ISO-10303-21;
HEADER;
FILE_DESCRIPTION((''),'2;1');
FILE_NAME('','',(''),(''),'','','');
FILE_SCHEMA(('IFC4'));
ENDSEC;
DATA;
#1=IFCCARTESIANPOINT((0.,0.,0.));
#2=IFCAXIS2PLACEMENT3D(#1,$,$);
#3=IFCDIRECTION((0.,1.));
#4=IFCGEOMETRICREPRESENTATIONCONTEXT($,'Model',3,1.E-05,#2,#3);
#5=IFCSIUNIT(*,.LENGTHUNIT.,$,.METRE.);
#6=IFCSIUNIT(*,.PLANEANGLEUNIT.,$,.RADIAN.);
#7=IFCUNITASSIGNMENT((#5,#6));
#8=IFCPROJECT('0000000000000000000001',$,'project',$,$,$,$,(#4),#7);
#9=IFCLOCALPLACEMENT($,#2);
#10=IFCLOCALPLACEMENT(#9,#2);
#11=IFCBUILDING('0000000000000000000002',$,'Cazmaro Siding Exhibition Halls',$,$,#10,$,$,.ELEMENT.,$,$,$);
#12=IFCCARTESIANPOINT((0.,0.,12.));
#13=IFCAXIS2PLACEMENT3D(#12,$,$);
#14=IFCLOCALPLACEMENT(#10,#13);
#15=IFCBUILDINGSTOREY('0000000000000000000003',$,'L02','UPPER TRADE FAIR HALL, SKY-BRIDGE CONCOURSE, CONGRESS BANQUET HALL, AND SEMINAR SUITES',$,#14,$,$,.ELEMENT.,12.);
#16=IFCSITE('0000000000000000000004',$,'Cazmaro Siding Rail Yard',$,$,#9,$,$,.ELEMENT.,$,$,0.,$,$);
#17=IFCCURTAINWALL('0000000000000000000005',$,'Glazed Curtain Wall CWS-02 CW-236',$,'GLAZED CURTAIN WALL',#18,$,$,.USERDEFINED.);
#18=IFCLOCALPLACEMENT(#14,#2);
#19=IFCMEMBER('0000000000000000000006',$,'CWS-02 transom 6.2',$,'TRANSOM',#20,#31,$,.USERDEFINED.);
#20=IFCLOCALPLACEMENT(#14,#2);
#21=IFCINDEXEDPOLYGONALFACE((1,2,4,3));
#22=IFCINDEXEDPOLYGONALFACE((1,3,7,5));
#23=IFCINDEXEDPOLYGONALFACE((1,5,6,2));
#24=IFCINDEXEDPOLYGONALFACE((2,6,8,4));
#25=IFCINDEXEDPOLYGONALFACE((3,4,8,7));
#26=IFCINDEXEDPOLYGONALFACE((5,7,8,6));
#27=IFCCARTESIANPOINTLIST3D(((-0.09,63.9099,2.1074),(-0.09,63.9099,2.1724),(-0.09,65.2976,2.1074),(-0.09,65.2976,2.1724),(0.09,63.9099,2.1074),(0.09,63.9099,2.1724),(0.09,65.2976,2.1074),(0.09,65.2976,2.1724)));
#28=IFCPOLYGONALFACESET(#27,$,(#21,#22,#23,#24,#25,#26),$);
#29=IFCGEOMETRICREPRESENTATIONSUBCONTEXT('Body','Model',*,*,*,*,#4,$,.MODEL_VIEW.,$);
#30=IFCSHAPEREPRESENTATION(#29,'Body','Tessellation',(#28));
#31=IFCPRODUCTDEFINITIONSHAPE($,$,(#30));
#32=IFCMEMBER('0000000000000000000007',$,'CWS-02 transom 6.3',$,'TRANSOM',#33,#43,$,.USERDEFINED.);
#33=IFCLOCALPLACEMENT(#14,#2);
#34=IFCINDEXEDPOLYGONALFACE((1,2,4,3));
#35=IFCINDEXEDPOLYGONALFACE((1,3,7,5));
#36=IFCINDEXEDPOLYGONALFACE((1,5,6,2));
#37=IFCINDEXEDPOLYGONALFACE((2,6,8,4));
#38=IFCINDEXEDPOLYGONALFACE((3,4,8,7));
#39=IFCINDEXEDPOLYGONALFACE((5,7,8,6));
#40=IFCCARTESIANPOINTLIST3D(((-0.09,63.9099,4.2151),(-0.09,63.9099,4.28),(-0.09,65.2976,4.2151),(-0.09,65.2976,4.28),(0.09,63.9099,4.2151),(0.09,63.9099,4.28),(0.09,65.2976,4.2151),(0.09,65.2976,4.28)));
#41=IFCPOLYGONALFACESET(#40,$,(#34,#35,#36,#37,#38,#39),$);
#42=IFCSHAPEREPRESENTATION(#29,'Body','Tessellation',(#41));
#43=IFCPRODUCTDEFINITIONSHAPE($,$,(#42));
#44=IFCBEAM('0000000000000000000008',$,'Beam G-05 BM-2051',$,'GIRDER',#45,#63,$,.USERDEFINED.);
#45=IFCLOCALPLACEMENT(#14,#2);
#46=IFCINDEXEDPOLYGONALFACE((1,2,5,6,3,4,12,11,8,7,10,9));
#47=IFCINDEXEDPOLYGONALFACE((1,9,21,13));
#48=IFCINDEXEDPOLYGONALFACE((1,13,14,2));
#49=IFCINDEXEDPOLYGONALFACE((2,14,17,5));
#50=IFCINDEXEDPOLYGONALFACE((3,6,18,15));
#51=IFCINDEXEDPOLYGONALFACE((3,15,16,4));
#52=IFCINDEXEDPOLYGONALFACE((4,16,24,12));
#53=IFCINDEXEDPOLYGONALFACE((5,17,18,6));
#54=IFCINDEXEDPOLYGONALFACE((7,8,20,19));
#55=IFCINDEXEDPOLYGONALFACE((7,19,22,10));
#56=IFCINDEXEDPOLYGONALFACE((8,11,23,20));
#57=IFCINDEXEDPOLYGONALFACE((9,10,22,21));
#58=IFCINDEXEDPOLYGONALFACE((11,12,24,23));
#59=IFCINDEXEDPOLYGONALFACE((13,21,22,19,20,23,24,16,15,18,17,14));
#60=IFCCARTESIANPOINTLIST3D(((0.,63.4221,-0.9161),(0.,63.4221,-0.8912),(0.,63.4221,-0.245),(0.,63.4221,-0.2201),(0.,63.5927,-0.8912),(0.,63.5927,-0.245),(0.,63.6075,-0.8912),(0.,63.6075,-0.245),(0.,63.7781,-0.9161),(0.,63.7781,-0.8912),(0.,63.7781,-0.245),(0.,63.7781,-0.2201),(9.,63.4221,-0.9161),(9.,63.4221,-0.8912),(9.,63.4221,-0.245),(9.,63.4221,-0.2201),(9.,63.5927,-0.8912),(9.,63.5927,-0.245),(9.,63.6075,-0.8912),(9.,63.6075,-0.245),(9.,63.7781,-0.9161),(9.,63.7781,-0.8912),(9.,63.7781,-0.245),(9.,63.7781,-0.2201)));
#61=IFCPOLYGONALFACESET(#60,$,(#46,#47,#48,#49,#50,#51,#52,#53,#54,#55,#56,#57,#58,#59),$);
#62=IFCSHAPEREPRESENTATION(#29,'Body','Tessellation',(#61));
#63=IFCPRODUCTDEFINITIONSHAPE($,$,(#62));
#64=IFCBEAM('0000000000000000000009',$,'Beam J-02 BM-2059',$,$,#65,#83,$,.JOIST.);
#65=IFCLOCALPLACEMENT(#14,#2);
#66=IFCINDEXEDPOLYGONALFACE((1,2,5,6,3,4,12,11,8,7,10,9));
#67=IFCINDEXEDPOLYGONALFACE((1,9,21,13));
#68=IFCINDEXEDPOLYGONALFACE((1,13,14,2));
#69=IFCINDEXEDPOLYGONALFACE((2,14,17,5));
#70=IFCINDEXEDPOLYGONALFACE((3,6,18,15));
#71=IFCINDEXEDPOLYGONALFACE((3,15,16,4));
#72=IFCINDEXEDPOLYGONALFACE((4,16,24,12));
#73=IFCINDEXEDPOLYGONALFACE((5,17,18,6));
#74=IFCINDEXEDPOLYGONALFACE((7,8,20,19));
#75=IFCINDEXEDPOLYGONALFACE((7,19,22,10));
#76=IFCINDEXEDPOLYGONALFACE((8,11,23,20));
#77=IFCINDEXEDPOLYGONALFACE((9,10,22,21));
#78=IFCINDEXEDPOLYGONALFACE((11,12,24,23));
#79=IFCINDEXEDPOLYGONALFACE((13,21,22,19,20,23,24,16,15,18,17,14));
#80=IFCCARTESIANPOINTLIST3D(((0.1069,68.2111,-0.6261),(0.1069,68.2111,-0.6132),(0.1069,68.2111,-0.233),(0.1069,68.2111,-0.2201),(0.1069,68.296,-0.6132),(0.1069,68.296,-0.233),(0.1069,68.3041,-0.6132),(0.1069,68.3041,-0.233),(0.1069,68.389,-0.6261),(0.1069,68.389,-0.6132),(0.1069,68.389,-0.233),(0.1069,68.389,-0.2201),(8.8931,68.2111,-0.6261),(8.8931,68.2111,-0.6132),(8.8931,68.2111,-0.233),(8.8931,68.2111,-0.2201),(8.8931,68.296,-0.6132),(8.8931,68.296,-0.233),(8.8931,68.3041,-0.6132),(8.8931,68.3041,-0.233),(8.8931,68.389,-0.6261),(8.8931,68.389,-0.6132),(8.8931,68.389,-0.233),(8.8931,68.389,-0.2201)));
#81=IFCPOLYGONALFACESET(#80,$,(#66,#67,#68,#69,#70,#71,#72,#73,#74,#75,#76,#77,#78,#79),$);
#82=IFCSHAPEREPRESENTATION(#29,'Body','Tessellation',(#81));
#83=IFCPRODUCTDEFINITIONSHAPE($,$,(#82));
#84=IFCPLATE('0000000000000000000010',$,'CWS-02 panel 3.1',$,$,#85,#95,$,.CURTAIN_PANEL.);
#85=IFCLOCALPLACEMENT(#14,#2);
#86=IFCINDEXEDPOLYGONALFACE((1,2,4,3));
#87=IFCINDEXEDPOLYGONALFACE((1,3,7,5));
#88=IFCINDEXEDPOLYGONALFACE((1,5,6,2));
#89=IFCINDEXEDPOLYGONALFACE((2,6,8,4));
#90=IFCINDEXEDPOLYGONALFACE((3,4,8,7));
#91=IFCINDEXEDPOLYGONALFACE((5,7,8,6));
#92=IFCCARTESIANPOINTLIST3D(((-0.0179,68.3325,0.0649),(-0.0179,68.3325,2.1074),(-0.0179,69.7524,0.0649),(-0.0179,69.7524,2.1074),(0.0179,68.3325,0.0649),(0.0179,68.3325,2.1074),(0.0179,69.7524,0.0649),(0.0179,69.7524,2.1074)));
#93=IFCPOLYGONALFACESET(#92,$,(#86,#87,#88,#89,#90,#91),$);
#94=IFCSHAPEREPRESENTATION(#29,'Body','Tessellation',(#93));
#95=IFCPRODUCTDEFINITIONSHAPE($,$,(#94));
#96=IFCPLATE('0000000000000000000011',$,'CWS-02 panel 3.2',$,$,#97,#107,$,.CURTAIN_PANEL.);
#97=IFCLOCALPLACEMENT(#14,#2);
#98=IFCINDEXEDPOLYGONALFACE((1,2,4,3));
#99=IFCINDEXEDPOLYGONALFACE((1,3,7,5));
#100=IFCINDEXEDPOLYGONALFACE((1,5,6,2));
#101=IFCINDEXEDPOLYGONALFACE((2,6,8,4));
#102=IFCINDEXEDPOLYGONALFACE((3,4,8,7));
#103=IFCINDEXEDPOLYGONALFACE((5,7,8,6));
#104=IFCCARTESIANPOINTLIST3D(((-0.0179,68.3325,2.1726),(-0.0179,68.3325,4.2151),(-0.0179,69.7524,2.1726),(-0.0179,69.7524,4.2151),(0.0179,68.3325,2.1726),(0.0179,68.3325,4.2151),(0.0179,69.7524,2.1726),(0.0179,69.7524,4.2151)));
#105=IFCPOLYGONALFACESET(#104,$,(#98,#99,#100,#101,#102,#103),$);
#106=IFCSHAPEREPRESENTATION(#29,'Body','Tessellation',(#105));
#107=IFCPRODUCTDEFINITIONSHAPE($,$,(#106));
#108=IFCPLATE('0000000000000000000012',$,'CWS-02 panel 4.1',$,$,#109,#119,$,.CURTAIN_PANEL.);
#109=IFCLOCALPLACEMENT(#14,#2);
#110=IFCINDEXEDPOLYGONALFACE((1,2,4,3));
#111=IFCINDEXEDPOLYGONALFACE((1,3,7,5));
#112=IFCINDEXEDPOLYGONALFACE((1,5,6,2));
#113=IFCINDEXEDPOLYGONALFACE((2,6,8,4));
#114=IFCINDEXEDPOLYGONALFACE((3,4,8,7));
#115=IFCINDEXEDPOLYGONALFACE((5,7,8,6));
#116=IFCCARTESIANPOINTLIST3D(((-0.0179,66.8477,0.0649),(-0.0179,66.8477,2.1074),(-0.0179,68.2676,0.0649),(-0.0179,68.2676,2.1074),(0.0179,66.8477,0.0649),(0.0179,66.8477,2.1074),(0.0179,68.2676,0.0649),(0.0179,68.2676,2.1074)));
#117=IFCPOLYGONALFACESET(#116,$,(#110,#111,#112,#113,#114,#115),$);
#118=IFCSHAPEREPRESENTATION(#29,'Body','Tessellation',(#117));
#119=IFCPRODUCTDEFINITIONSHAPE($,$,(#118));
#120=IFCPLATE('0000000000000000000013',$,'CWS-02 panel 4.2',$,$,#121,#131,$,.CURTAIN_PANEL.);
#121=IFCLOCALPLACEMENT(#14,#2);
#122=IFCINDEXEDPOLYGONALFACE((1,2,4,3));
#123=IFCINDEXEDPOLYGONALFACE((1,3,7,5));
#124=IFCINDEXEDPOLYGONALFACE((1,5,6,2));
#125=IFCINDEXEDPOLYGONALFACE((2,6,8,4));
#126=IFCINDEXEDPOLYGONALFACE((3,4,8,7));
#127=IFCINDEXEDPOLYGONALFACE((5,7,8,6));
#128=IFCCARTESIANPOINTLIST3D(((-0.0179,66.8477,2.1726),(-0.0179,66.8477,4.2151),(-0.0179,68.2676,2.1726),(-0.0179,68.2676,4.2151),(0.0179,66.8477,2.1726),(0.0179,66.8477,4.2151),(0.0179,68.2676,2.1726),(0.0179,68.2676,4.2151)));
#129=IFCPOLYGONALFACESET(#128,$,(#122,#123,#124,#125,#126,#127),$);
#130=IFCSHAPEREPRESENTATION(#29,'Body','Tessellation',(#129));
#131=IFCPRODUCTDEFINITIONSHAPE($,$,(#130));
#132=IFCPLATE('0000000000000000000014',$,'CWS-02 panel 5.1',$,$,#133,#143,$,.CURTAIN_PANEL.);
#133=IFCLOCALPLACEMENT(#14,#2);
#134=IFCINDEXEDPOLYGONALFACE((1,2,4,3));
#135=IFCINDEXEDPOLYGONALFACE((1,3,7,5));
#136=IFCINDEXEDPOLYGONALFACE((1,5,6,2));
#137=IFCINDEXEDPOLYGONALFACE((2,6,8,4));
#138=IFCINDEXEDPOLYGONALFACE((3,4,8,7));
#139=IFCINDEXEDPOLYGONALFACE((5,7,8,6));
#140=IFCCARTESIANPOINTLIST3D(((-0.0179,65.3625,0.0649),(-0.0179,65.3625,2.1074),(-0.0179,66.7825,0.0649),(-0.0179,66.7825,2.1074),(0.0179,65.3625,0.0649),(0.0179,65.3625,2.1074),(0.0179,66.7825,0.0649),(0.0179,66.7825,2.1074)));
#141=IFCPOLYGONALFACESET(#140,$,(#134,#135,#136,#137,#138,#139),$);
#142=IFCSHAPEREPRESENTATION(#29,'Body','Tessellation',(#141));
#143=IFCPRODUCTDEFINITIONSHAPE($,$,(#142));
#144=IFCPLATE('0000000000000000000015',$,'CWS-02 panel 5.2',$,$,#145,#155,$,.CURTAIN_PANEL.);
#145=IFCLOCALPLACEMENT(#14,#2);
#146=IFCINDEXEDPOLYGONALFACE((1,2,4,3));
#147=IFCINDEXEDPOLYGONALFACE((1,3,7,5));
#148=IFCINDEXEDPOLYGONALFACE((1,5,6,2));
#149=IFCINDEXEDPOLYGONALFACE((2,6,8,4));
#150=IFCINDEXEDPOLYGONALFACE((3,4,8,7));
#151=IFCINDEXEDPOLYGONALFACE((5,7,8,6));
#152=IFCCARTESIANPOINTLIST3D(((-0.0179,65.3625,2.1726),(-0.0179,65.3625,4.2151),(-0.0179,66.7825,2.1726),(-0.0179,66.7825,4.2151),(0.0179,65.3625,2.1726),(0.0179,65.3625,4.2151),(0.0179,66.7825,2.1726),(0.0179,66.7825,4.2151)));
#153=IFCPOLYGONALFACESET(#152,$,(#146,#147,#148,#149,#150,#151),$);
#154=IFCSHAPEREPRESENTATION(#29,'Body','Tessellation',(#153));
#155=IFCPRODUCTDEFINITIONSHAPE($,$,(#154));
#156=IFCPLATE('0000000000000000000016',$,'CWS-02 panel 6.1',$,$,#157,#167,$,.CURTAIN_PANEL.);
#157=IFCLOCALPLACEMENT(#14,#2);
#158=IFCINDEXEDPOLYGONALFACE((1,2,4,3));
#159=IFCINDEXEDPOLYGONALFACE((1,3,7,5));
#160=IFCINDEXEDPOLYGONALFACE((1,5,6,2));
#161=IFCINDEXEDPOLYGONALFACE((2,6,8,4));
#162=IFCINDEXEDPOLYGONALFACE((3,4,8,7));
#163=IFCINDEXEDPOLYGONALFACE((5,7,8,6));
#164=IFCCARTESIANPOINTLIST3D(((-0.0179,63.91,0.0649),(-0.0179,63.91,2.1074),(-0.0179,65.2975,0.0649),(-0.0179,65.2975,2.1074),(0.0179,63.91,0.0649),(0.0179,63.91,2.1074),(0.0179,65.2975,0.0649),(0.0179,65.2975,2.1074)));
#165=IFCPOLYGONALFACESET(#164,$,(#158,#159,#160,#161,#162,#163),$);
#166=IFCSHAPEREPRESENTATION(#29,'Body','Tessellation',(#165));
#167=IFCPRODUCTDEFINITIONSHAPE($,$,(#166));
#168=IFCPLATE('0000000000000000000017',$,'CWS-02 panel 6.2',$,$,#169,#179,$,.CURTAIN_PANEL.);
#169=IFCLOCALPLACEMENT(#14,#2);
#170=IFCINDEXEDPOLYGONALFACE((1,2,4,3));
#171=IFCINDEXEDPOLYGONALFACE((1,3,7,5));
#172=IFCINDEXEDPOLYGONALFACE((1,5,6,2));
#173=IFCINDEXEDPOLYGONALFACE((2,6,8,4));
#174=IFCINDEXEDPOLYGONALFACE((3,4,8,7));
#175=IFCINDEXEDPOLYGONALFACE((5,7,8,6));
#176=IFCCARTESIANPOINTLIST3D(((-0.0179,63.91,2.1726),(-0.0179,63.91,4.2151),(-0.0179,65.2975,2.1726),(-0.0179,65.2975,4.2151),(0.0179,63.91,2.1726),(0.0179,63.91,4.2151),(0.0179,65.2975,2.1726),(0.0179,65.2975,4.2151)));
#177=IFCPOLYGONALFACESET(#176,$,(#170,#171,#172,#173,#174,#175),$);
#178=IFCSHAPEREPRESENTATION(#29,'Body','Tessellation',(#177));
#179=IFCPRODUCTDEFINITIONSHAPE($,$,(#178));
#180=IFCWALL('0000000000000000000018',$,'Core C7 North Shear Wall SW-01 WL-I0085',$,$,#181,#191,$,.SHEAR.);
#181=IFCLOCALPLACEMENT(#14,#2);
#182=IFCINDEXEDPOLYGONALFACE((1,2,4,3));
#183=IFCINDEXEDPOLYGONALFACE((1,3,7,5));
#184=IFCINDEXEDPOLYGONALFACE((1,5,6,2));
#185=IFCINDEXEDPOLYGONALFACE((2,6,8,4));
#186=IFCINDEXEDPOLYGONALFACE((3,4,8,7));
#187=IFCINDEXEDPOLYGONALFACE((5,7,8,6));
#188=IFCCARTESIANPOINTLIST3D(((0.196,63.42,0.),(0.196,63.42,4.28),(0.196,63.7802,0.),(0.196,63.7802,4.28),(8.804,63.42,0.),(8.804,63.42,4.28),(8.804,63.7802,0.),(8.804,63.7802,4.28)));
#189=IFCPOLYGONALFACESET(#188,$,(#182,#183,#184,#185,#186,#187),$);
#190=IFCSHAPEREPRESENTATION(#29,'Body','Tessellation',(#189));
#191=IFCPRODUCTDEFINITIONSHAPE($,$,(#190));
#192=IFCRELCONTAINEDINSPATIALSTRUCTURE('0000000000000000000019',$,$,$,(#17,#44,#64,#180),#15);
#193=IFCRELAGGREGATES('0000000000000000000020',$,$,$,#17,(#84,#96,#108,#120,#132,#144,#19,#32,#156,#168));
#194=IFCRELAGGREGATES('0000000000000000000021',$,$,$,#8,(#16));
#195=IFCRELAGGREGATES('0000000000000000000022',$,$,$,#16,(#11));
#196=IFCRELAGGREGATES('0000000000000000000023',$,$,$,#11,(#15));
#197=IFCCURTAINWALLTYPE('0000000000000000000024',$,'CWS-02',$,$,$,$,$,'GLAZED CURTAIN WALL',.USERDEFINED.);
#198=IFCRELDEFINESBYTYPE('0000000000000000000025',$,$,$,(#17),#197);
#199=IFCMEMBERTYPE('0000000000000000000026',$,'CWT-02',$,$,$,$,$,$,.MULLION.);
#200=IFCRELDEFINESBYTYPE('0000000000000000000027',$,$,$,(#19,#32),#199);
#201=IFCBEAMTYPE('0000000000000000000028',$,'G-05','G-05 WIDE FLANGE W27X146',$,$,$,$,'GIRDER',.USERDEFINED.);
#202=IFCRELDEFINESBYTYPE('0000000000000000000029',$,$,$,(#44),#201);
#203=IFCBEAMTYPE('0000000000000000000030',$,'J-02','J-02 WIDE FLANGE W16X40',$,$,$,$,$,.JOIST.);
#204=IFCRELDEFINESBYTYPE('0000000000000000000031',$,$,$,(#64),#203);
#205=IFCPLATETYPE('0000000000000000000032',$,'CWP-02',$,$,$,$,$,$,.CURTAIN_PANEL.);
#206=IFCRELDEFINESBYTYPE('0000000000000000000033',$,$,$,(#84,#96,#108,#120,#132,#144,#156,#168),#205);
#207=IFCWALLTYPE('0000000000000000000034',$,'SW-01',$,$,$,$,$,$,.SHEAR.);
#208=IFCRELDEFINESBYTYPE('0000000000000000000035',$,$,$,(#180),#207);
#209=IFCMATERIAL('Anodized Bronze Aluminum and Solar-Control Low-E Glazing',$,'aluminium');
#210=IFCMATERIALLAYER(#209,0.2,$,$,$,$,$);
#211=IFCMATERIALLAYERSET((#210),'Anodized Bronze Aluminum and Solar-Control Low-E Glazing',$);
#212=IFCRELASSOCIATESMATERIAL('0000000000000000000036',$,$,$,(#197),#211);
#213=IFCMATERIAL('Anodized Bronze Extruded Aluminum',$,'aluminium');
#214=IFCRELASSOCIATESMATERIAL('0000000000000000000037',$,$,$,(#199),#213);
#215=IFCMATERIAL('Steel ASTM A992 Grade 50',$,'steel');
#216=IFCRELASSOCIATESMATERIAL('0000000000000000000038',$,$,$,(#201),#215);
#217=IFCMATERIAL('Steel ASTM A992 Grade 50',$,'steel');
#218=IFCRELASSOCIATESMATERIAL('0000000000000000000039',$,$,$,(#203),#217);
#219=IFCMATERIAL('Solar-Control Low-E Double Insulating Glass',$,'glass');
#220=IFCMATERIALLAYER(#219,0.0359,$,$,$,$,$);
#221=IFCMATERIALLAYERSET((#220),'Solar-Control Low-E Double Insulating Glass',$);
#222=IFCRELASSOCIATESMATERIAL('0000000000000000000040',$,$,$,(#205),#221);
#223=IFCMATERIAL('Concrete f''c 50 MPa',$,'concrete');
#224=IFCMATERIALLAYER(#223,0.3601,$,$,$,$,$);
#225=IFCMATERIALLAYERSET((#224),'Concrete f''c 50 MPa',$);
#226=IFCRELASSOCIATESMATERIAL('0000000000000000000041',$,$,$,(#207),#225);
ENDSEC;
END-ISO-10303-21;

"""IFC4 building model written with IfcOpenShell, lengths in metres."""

from ifc_helpers import new_model, si_unit, direction, frame, frame_2d, origin, origin_2d, place, context, subcontext, project, spatial, rectangle, i_section, extrude, material, layer, layer_set, material_profile, profile_set, type_object, element, aggregate, save


model = new_model("IFC4")

# Units and contexts
model_context = context("Model", 3, precision=1e-05, world=origin(), true_north=direction((0.0, 1.0)))
body_context = subcontext(model_context, "Body", "Model", "MODEL_VIEW")
ifc_project = project(units=[si_unit("LENGTHUNIT", "METRE"), si_unit("PLANEANGLEUNIT", "RADIAN")], contexts=[model_context])

# Site, building, storey
site_placement = place(None, origin())
site = spatial("IfcSite", under=ifc_project, at=site_placement, Name="Cazmaro Siding Rail Yard", CompositionType="ELEMENT", RefElevation=0.0)
building_placement = place(site_placement, origin())
building = spatial("IfcBuilding", under=site, at=building_placement, Name="Cazmaro Siding Exhibition Halls", CompositionType="ELEMENT")
storey_placement = place(building_placement, frame((0.0, 0.0, 12.0)))
storey = spatial("IfcBuildingStorey", under=building, at=storey_placement, Name="L02", Description="UPPER TRADE FAIR HALL, SKY-BRIDGE CONCOURSE, CONGRESS BANQUET HALL, AND SEMINAR SUITES", CompositionType="ELEMENT", Elevation=12.0)

# Curtain wall, members
ifc_material_1 = material(Name="Anodized Bronze Aluminum and Solar-Control Low-E Glazing", Category="aluminium")
ifc_layer_1 = layer(ifc_material_1, 0.2)
ifc_layer_set_1 = layer_set([ifc_layer_1], Name="Anodized Bronze Aluminum and Solar-Control Low-E Glazing")
curtain_wall_type = type_object("IfcCurtainWallType", Name="CWS-02", ElementType="GLAZED CURTAIN WALL", PredefinedType="USERDEFINED", material=ifc_layer_set_1)
curtain_wall_placement = place(storey_placement, origin())
curtain_wall = element("IfcCurtainWall", 1, at=curtain_wall_placement, inside=storey, type_object=curtain_wall_type, Name="Glazed Curtain Wall CWS-02 CW-236", ObjectType="GLAZED CURTAIN WALL", PredefinedType="USERDEFINED")
ifc_material_2 = material(Name="Anodized Bronze Extruded Aluminum", Category="aluminium")
ifc_material_profile_1 = material_profile(ifc_material_2, rectangle(XDim=0.1799, YDim=0.0649, at=origin_2d()), Name="CWT-02")
ifc_profile_set_1 = profile_set([ifc_material_profile_1], Name="Anodized Bronze Extruded Aluminum")
member_type_1 = type_object("IfcMemberType", Name="CWT-02", PredefinedType="MULLION", material=ifc_profile_set_1)
member_1_placement = place(storey_placement, frame((0.0, 65.2976, 2.1399), z_axis=(0.0, -1.0, 0.0), x_axis=(1.0, 0.0, 0.0)))
member_1 = element("IfcMember", 2, at=member_1_placement, type_object=member_type_1, Name="CWS-02 transom 6.2", ObjectType="TRANSOM", PredefinedType="USERDEFINED", context=body_context, shape_type="SweptSolid", body=[
    extrude(rectangle(XDim=0.1799, YDim=0.0649, at=origin_2d()), origin(), (0.0, 0.0, 1.0), 1.3877),
])
member_2_placement = place(storey_placement, frame((0.0, 65.2976, 4.2476), z_axis=(0.0, -1.0, 0.0), x_axis=(1.0, 0.0, 0.0)))
member_2 = element("IfcMember", 3, at=member_2_placement, type_object=member_type_1, Name="CWS-02 transom 6.3", ObjectType="TRANSOM", PredefinedType="USERDEFINED", context=body_context, shape_type="SweptSolid", body=[
    extrude(rectangle(XDim=0.1799, YDim=0.0649, at=origin_2d()), origin(), (0.0, 0.0, 1.0), 1.3877),
])

# Beams
ifc_material_3 = material(Name="Steel ASTM A992 Grade 50", Category="steel")
ifc_material_profile_2 = material_profile(ifc_material_3, i_section(OverallWidth=0.356, OverallDepth=0.696, WebThickness=0.0149, FlangeThickness=0.0249, at=origin_2d()), Name="W27X146")
ifc_profile_set_2 = profile_set([ifc_material_profile_2], Name="Steel ASTM A992 Grade 50")
beam_type_1 = type_object("IfcBeamType", Name="G-05", Description="G-05 WIDE FLANGE W27X146", ElementType="GIRDER", PredefinedType="USERDEFINED", material=ifc_profile_set_2)
beam_1_placement = place(storey_placement, frame((0.0, 63.6001, -0.5681), z_axis=(1.0, 0.0, 0.0), x_axis=(0.0, 1.0, 0.0)))
element("IfcBeam", 4, at=beam_1_placement, inside=storey, type_object=beam_type_1, Name="Beam G-05 BM-2051", ObjectType="GIRDER", PredefinedType="USERDEFINED", context=body_context, shape_type="SweptSolid", body=[
    extrude(i_section(OverallWidth=0.356, OverallDepth=0.696, WebThickness=0.0149, FlangeThickness=0.0249, at=origin_2d()), origin(), (0.0, 0.0, 1.0), 9.0),
])
ifc_material_4 = material(Name="Steel ASTM A992 Grade 50", Category="steel")
ifc_material_profile_3 = material_profile(ifc_material_4, i_section(OverallWidth=0.178, OverallDepth=0.406, WebThickness=0.0081, FlangeThickness=0.0129, at=origin_2d()), Name="W16X40")
ifc_profile_set_3 = profile_set([ifc_material_profile_3], Name="Steel ASTM A992 Grade 50")
beam_type_2 = type_object("IfcBeamType", Name="J-02", Description="J-02 WIDE FLANGE W16X40", PredefinedType="JOIST", material=ifc_profile_set_3)
beam_2_placement = place(storey_placement, frame((0.1069, 68.3, -0.4231), z_axis=(1.0, 0.0, 0.0), x_axis=(0.0, 1.0, 0.0)))
element("IfcBeam", 5, at=beam_2_placement, inside=storey, type_object=beam_type_2, Name="Beam J-02 BM-2059", PredefinedType="JOIST", context=body_context, shape_type="SweptSolid", body=[
    extrude(i_section(OverallWidth=0.178, OverallDepth=0.406, WebThickness=0.0081, FlangeThickness=0.0129, at=origin_2d()), origin(), (0.0, 0.0, 1.0), 8.7861),
])

# Plates
ifc_material_5 = material(Name="Solar-Control Low-E Double Insulating Glass", Category="glass")
ifc_layer_2 = layer(ifc_material_5, 0.0359)
ifc_layer_set_2 = layer_set([ifc_layer_2], Name="Solar-Control Low-E Double Insulating Glass")
plate_type = type_object("IfcPlateType", Name="CWP-02", PredefinedType="CURTAIN_PANEL", material=ifc_layer_set_2)
plate_1_placement = place(storey_placement, frame((0.0, 69.0425, 0.0649), z_axis=(0.0, 0.0, 1.0), x_axis=(0.0, -1.0, 0.0)))
plate_1 = element("IfcPlate", 6, at=plate_1_placement, type_object=plate_type, Name="CWS-02 panel 3.1", PredefinedType="CURTAIN_PANEL", context=body_context, shape_type="SweptSolid", body=[
    extrude(rectangle(XDim=1.4199, YDim=0.0359, at=origin_2d()), origin(), (0.0, 0.0, 1.0), 2.0425),
])
plate_2_placement = place(storey_placement, frame((0.0, 69.0425, 2.1726), z_axis=(0.0, 0.0, 1.0), x_axis=(0.0, -1.0, 0.0)))
plate_2 = element("IfcPlate", 7, at=plate_2_placement, type_object=plate_type, Name="CWS-02 panel 3.2", PredefinedType="CURTAIN_PANEL", context=body_context, shape_type="SweptSolid", body=[
    extrude(rectangle(XDim=1.4199, YDim=0.0359, at=origin_2d()), origin(), (0.0, 0.0, 1.0), 2.0425),
])
plate_3_placement = place(storey_placement, frame((0.0, 67.5576, 0.0649), z_axis=(0.0, 0.0, 1.0), x_axis=(0.0, -1.0, 0.0)))
plate_3 = element("IfcPlate", 8, at=plate_3_placement, type_object=plate_type, Name="CWS-02 panel 4.1", PredefinedType="CURTAIN_PANEL", context=body_context, shape_type="SweptSolid", body=[
    extrude(rectangle(XDim=1.4199, YDim=0.0359, at=origin_2d()), origin(), (0.0, 0.0, 1.0), 2.0425),
])
plate_4_placement = place(storey_placement, frame((0.0, 67.5576, 2.1726), z_axis=(0.0, 0.0, 1.0), x_axis=(0.0, -1.0, 0.0)))
plate_4 = element("IfcPlate", 9, at=plate_4_placement, type_object=plate_type, Name="CWS-02 panel 4.2", PredefinedType="CURTAIN_PANEL", context=body_context, shape_type="SweptSolid", body=[
    extrude(rectangle(XDim=1.4199, YDim=0.0359, at=origin_2d()), origin(), (0.0, 0.0, 1.0), 2.0425),
])
plate_5_placement = place(storey_placement, frame((0.0, 66.0725, 0.0649), z_axis=(0.0, 0.0, 1.0), x_axis=(0.0, -1.0, 0.0)))
plate_5 = element("IfcPlate", 10, at=plate_5_placement, type_object=plate_type, Name="CWS-02 panel 5.1", PredefinedType="CURTAIN_PANEL", context=body_context, shape_type="SweptSolid", body=[
    extrude(rectangle(XDim=1.4199, YDim=0.0359, at=origin_2d()), origin(), (0.0, 0.0, 1.0), 2.0425),
])
plate_6_placement = place(storey_placement, frame((0.0, 66.0725, 2.1726), z_axis=(0.0, 0.0, 1.0), x_axis=(0.0, -1.0, 0.0)))
plate_6 = element("IfcPlate", 11, at=plate_6_placement, type_object=plate_type, Name="CWS-02 panel 5.2", PredefinedType="CURTAIN_PANEL", context=body_context, shape_type="SweptSolid", body=[
    extrude(rectangle(XDim=1.4199, YDim=0.0359, at=origin_2d()), origin(), (0.0, 0.0, 1.0), 2.0425),
])
plate_7_placement = place(storey_placement, frame((0.0, 64.6038, 0.0649), z_axis=(0.0, 0.0, 1.0), x_axis=(0.0, -1.0, 0.0)))
plate_7 = element("IfcPlate", 12, at=plate_7_placement, type_object=plate_type, Name="CWS-02 panel 6.1", PredefinedType="CURTAIN_PANEL", context=body_context, shape_type="SweptSolid", body=[
    extrude(rectangle(XDim=1.3875, YDim=0.0359, at=origin_2d()), origin(), (0.0, 0.0, 1.0), 2.0425),
])
plate_8_placement = place(storey_placement, frame((0.0, 64.6038, 2.1726), z_axis=(0.0, 0.0, 1.0), x_axis=(0.0, -1.0, 0.0)))
plate_8 = element("IfcPlate", 13, at=plate_8_placement, type_object=plate_type, Name="CWS-02 panel 6.2", PredefinedType="CURTAIN_PANEL", context=body_context, shape_type="SweptSolid", body=[
    extrude(rectangle(XDim=1.3875, YDim=0.0359, at=origin_2d()), origin(), (0.0, 0.0, 1.0), 2.0425),
])
aggregate(curtain_wall, [plate_1, plate_2, plate_3, plate_4, plate_5, plate_6, member_1, member_2, plate_7, plate_8])

# Wall
ifc_material_6 = material(Name="Concrete f'c 50 MPa", Category="concrete")
ifc_layer_3 = layer(ifc_material_6, 0.3601)
ifc_layer_set_3 = layer_set([ifc_layer_3], Name="Concrete f'c 50 MPa")
wall_type = type_object("IfcWallType", Name="SW-01", PredefinedType="SHEAR", material=ifc_layer_set_3)
wall_placement = place(storey_placement, frame((0.196, 63.6001, 0.0), z_axis=(0.0, 0.0, 1.0), x_axis=(1.0, 0.0, 0.0)))
element("IfcWall", 14, at=wall_placement, inside=storey, type_object=wall_type, Name="Core C7 North Shear Wall SW-01 WL-I0085", PredefinedType="SHEAR", context=body_context, shape_type="SweptSolid", body=[
    extrude(rectangle(XDim=8.6079, YDim=0.3601, at=frame_2d((4.304, 0.0))), origin(), (0.0, 0.0, 1.0), 4.28),
])

save(model, "model.ifc")
